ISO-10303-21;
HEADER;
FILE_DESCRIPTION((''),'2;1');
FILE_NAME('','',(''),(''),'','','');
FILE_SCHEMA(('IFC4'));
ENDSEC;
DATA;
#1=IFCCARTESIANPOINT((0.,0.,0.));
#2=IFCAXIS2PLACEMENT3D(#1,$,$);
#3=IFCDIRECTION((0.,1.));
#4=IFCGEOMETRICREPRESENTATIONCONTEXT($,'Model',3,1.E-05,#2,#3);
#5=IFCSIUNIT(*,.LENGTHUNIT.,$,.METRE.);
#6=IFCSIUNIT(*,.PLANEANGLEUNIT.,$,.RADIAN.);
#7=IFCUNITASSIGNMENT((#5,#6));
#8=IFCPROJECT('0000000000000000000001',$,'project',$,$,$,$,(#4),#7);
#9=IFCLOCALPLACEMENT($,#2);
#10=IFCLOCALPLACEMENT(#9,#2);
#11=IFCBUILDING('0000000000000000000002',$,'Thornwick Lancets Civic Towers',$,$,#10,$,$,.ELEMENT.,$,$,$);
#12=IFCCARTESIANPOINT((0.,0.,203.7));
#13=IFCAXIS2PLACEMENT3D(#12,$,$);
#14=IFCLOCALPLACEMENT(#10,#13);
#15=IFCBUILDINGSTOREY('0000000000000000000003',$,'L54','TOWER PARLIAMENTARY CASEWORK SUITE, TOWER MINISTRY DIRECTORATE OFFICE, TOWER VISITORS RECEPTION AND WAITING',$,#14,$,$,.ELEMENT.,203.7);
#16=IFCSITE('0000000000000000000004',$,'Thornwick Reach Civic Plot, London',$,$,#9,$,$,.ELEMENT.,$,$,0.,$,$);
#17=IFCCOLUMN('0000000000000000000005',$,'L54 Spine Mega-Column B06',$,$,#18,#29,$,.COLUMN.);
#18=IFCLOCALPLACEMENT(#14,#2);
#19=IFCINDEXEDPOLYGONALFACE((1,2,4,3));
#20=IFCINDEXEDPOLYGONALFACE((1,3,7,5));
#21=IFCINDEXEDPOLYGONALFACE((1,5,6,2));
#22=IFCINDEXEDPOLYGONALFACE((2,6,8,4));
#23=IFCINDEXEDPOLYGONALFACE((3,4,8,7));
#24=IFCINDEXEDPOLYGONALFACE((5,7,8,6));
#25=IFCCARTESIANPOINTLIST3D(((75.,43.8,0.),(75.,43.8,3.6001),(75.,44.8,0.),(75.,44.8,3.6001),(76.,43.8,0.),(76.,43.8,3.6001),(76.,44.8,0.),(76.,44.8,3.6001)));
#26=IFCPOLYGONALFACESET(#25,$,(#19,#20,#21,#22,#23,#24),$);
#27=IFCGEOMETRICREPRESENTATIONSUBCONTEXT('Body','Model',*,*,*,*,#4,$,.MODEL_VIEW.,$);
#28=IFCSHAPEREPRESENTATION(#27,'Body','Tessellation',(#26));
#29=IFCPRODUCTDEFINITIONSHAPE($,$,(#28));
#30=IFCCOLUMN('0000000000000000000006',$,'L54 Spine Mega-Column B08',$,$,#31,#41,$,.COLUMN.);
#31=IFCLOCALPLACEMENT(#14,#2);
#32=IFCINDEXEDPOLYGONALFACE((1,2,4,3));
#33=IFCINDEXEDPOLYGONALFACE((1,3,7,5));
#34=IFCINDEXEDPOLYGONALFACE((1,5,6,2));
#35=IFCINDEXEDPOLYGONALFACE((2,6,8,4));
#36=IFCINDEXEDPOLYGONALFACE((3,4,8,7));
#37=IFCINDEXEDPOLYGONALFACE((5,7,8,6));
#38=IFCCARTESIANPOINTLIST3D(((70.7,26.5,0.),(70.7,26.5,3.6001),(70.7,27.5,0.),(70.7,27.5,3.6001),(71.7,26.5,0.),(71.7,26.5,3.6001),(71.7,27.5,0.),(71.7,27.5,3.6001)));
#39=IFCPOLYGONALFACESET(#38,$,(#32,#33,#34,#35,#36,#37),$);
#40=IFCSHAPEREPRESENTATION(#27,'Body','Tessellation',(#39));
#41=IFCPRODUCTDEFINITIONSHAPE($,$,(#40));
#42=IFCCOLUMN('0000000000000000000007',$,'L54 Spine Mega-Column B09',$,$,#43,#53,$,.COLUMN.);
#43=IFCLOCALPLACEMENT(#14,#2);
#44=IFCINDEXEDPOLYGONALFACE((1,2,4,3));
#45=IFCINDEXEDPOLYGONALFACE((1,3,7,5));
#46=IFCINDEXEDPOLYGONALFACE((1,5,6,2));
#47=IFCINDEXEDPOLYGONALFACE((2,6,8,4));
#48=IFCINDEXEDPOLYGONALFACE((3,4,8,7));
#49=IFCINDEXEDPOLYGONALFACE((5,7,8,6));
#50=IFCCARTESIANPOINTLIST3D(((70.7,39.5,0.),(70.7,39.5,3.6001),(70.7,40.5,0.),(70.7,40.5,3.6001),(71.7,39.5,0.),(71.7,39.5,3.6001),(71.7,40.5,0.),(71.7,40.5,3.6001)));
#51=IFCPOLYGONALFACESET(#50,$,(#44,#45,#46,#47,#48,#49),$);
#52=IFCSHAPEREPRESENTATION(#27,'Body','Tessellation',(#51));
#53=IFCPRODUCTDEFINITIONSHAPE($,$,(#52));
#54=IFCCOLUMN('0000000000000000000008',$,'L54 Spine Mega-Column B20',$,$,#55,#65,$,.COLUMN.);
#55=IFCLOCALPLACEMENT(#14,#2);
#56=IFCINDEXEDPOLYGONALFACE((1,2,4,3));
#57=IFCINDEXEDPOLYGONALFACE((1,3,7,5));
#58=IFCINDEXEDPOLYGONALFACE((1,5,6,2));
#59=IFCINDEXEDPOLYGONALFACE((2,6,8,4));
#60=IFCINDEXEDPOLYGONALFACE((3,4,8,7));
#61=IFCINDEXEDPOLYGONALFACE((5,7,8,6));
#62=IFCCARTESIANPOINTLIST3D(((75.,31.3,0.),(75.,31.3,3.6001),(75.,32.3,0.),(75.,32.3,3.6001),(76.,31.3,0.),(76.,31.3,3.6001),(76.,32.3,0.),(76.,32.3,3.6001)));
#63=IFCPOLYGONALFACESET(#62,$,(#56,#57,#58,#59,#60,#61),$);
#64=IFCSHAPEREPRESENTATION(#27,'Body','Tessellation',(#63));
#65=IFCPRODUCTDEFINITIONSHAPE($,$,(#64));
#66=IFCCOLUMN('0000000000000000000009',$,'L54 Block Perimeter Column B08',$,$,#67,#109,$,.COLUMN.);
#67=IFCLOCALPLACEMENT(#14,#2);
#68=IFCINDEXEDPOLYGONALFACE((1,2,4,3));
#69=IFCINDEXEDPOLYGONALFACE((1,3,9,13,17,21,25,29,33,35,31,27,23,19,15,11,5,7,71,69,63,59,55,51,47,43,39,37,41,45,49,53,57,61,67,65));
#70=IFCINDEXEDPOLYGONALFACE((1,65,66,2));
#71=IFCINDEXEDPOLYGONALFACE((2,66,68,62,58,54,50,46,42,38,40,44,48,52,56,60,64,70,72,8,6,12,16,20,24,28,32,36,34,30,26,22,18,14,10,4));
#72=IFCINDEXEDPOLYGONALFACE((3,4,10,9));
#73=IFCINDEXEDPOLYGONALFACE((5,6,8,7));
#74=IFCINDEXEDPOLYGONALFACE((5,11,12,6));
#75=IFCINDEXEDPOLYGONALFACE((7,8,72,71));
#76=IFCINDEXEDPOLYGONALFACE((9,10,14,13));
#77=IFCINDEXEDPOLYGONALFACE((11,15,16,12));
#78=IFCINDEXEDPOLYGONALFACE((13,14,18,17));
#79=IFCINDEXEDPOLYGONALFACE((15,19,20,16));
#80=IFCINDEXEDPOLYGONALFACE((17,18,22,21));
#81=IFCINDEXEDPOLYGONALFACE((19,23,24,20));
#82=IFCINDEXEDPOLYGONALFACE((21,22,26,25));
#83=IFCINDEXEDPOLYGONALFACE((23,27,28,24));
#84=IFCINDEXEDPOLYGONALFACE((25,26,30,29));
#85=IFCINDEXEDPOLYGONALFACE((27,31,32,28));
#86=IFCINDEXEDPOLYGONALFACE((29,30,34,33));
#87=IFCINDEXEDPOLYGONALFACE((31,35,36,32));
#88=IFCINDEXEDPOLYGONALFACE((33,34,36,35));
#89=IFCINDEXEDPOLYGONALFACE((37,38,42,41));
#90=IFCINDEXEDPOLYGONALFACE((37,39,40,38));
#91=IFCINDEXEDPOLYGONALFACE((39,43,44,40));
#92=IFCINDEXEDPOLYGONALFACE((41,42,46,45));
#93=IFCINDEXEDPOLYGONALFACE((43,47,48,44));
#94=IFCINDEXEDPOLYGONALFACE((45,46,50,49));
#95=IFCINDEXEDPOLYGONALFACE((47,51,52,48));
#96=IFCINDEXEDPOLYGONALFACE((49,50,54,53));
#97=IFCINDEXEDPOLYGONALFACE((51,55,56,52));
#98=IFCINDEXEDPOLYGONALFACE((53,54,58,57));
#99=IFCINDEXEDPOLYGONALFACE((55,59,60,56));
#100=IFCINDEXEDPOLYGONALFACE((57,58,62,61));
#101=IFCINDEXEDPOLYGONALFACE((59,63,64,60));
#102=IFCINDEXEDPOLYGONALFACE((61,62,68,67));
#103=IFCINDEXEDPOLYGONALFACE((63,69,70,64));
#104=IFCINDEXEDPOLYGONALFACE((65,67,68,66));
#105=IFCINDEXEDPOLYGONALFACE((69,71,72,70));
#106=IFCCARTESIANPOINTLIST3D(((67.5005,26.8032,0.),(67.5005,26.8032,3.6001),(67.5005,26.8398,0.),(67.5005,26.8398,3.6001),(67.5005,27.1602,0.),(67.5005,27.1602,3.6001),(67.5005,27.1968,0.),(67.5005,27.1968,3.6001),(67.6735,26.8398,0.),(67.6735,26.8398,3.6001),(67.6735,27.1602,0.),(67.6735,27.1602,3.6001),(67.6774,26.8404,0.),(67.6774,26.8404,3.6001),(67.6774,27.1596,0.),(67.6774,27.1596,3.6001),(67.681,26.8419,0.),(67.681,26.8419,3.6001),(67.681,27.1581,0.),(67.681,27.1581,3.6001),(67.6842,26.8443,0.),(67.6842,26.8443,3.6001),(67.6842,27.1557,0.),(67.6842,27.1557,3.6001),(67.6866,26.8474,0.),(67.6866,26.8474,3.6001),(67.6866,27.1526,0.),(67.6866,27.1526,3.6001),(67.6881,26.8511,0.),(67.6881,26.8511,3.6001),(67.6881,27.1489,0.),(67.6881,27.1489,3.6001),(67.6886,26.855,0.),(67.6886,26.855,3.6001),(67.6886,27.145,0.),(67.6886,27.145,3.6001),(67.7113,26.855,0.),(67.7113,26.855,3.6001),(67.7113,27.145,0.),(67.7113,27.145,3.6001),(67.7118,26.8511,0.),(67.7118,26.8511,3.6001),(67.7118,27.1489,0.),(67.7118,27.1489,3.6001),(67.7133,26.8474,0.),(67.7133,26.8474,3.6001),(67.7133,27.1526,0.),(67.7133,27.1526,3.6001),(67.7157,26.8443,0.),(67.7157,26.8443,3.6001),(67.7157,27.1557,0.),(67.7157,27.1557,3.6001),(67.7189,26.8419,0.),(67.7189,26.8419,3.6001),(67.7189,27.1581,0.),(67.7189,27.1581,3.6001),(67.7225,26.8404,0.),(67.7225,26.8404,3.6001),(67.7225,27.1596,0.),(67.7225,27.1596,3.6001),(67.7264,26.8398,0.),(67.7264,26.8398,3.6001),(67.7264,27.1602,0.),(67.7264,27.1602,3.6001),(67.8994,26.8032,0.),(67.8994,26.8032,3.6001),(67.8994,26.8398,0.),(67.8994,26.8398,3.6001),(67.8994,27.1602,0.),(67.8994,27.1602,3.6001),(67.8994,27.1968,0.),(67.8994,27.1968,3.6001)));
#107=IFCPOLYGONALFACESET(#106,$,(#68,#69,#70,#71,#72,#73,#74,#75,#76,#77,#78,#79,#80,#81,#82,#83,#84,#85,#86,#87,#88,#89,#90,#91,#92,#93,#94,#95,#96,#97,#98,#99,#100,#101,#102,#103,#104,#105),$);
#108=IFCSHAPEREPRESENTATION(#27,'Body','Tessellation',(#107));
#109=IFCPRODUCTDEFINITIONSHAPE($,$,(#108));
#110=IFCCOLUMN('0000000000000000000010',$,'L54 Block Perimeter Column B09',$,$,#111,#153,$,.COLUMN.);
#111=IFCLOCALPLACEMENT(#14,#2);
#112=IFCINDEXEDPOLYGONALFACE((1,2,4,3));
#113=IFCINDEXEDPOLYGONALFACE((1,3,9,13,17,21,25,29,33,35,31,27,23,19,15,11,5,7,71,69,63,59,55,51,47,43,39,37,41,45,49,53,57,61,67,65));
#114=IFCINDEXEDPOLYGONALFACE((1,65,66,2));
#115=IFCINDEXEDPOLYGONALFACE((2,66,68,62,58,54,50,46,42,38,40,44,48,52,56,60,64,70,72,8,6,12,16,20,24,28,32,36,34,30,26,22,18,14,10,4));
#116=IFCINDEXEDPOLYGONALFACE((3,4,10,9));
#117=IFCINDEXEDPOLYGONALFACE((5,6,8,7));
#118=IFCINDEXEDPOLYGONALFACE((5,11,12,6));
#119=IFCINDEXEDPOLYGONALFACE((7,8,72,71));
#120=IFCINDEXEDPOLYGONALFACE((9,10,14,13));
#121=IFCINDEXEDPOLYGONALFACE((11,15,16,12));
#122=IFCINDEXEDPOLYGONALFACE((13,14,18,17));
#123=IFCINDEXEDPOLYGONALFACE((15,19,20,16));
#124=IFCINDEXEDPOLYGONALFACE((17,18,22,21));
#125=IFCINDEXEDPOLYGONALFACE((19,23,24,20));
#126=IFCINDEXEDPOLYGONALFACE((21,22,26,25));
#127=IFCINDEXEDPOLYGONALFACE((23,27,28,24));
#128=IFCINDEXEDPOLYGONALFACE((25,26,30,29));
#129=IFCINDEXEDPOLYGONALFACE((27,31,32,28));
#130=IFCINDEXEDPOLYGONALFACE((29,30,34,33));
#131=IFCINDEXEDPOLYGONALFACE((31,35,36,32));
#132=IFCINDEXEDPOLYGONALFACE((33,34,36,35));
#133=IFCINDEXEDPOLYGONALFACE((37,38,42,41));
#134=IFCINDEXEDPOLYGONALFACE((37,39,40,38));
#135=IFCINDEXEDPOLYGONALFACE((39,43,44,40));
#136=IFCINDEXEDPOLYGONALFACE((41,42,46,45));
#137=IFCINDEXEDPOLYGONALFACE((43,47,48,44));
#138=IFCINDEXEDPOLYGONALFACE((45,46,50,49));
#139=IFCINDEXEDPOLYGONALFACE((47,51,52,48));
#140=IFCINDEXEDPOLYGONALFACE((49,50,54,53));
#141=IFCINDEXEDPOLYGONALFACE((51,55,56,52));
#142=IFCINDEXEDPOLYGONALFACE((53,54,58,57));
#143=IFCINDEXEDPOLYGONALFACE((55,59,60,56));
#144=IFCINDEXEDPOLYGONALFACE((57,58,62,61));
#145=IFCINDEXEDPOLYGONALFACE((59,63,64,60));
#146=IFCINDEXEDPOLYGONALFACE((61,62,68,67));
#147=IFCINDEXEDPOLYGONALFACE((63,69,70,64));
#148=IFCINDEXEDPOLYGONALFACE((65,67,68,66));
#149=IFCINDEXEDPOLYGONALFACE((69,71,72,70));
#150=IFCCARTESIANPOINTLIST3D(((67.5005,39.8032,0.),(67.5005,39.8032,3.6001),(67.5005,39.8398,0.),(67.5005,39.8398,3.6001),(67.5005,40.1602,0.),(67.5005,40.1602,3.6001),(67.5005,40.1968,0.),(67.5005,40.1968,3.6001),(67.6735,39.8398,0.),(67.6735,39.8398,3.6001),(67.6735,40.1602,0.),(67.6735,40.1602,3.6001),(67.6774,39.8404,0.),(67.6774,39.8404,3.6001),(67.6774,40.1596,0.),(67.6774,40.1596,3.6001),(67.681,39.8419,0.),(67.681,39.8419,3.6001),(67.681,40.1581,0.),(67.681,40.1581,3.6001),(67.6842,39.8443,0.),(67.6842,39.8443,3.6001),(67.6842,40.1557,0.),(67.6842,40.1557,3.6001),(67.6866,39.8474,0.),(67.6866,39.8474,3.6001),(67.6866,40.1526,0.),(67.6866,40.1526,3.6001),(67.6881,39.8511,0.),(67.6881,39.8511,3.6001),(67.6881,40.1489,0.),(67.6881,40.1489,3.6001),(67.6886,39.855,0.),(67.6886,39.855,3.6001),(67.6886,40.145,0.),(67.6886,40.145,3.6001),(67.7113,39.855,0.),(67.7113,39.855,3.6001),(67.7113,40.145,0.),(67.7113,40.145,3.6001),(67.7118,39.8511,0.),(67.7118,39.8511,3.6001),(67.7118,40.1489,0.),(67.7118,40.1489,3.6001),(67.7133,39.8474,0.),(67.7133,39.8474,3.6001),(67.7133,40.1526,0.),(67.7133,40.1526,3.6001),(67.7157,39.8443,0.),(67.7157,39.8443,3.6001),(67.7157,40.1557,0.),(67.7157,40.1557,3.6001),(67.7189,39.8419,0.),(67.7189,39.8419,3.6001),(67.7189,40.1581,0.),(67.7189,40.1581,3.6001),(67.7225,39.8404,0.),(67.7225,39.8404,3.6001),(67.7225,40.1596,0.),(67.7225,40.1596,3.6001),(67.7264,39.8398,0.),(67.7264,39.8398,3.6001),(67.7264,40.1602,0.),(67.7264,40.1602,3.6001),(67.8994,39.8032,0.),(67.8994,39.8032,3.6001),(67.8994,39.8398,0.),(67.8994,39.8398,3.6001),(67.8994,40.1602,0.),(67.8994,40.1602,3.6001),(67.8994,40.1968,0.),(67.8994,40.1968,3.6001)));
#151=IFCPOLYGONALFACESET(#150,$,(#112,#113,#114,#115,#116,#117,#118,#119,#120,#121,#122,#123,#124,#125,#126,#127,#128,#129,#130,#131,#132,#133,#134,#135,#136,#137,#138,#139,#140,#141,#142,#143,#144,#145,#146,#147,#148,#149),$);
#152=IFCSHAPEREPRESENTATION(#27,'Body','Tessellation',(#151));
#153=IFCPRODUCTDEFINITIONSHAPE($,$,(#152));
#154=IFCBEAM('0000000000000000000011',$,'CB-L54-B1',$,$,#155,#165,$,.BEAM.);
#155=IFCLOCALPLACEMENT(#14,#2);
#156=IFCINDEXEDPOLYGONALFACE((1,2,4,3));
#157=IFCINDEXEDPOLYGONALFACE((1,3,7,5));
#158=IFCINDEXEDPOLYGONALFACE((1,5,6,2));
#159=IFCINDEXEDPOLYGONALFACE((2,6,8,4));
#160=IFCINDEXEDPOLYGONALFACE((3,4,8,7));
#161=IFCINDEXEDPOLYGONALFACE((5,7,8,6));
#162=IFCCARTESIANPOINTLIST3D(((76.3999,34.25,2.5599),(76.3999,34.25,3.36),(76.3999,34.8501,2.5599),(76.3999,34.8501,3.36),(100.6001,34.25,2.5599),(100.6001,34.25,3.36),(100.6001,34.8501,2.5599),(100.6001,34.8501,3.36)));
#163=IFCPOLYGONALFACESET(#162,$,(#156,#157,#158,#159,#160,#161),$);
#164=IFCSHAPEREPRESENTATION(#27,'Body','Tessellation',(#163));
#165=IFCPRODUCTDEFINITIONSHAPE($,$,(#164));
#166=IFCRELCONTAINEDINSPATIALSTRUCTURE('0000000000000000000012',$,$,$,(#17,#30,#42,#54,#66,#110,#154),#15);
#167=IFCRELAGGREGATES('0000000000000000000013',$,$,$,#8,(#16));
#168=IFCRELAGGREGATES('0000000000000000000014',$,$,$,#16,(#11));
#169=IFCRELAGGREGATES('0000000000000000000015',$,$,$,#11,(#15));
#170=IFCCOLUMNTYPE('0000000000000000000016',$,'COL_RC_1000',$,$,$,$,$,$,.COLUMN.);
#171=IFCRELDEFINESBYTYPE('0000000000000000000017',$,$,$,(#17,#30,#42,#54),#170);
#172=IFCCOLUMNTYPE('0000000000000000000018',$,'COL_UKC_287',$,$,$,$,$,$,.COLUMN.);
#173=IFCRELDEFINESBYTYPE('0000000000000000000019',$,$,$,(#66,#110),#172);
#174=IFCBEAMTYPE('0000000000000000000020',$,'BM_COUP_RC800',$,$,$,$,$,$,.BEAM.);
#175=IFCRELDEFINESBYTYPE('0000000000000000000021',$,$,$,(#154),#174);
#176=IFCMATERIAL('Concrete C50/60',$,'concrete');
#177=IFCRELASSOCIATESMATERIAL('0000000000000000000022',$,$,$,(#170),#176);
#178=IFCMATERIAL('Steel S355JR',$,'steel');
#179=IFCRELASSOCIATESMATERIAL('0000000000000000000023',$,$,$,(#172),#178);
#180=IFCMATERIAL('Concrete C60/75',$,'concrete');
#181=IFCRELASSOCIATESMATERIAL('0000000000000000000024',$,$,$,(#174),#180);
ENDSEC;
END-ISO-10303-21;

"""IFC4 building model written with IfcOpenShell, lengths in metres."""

from ifc_helpers import new_model, si_unit, direction, frame, origin, origin_2d, place, context, subcontext, project, spatial, rectangle, i_section, extrude, material, material_profile, profile_set, type_object, element, save


model = new_model("IFC4")

# Units and contexts
model_context = context("Model", 3, precision=1e-05, world=origin(), true_north=direction((0.0, 1.0)))
body_context = subcontext(model_context, "Body", "Model", "MODEL_VIEW")
ifc_project = project(units=[si_unit("LENGTHUNIT", "METRE"), si_unit("PLANEANGLEUNIT", "RADIAN")], contexts=[model_context])

# Site, building, storey
site_placement = place(None, origin())
site = spatial("IfcSite", under=ifc_project, at=site_placement, Name="Thornwick Reach Civic Plot, London", CompositionType="ELEMENT", RefElevation=0.0)
building_placement = place(site_placement, origin())
building = spatial("IfcBuilding", under=site, at=building_placement, Name="Thornwick Lancets Civic Towers", CompositionType="ELEMENT")
storey_placement = place(building_placement, frame((0.0, 0.0, 203.7)))
storey = spatial("IfcBuildingStorey", under=building, at=storey_placement, Name="L54", Description="TOWER PARLIAMENTARY CASEWORK SUITE, TOWER MINISTRY DIRECTORATE OFFICE, TOWER VISITORS RECEPTION AND WAITING", CompositionType="ELEMENT", Elevation=203.7)

# Columns
ifc_material_1 = material(Name="Concrete C50/60", Category="concrete")
ifc_material_profile_1 = material_profile(ifc_material_1, rectangle(XDim=1.0, YDim=1.0, at=origin_2d()), Name="RC 1000x1000")
ifc_profile_set_1 = profile_set([ifc_material_profile_1], Name="Concrete C50/60")
column_type_1 = type_object("IfcColumnType", Name="COL_RC_1000", PredefinedType="COLUMN", material=ifc_profile_set_1)
for number, where, z_axis, x_axis, name in (
    (1, (75.5, 44.3, 0.0), (0.0, 0.0, 1.0), (1.0, 0.0, 0.0), "L54 Spine Mega-Column B06"),
    (2, (71.2, 27.0, 0.0), (0.0, 0.0, 1.0), (1.0, 0.0, 0.0), "L54 Spine Mega-Column B08"),
    (3, (71.2, 40.0, 0.0), (0.0, 0.0, 1.0), (1.0, 0.0, 0.0), "L54 Spine Mega-Column B09"),
    (4, (75.5, 31.8, 0.0), (0.0, 0.0, 1.0), (1.0, 0.0, 0.0), "L54 Spine Mega-Column B20"),
):
    element("IfcColumn", number, at=place(storey_placement, frame(where, z_axis=z_axis, x_axis=x_axis)), inside=storey, type_object=column_type_1, Name=name, PredefinedType="COLUMN", context=body_context, shape_type="SweptSolid", body=[
        extrude(rectangle(XDim=1.0, YDim=1.0, at=origin_2d()), origin(), (0.0, 0.0, 1.0), 3.6001),
    ])
ifc_material_2 = material(Name="Steel S355JR", Category="steel")
ifc_material_profile_2 = material_profile(ifc_material_2, i_section(OverallWidth=0.3989, OverallDepth=0.3936, WebThickness=0.0227, FlangeThickness=0.0366, FilletRadius=0.0151, at=origin_2d()), Name="UKC 356x406x287")
ifc_profile_set_2 = profile_set([ifc_material_profile_2], Name="Steel S355JR")
column_type_2 = type_object("IfcColumnType", Name="COL_UKC_287", PredefinedType="COLUMN", material=ifc_profile_set_2)
for number, where, z_axis, x_axis, name in (
    (5, (67.7, 27.0, 0.0), (0.0, 0.0, 1.0), (1.0, 0.0, 0.0), "L54 Block Perimeter Column B08"),
    (6, (67.7, 40.0, 0.0), (0.0, 0.0, 1.0), (1.0, 0.0, 0.0), "L54 Block Perimeter Column B09"),
):
    element("IfcColumn", number, at=place(storey_placement, frame(where, z_axis=z_axis, x_axis=x_axis)), inside=storey, type_object=column_type_2, Name=name, PredefinedType="COLUMN", context=body_context, shape_type="SweptSolid", body=[
        extrude(i_section(OverallWidth=0.3989, OverallDepth=0.3936, WebThickness=0.0227, FlangeThickness=0.0366, FilletRadius=0.0151, at=origin_2d()), origin(), (0.0, 0.0, 1.0), 3.6001),
    ])

# Beam
ifc_material_3 = material(Name="Concrete C60/75", Category="concrete")
ifc_material_profile_3 = material_profile(ifc_material_3, rectangle(XDim=0.6001, YDim=0.8, at=origin_2d()), Name="RC 600x800")
ifc_profile_set_3 = profile_set([ifc_material_profile_3], Name="Concrete C60/75")
beam_type_1 = type_object("IfcBeamType", Name="BM_COUP_RC800", PredefinedType="BEAM", material=ifc_profile_set_3)
beam_1_placement = place(storey_placement, frame((76.3999, 34.55, 2.96), z_axis=(1.0, 0.0, 0.0), x_axis=(0.0, 1.0, 0.0)))
element("IfcBeam", 7, at=beam_1_placement, inside=storey, type_object=beam_type_1, Name="CB-L54-B1", PredefinedType="BEAM", context=body_context, shape_type="SweptSolid", body=[
    extrude(rectangle(XDim=0.6001, YDim=0.8, at=origin_2d()), origin(), (0.0, 0.0, 1.0), 24.2002),
])

save(model, "model.ifc")
